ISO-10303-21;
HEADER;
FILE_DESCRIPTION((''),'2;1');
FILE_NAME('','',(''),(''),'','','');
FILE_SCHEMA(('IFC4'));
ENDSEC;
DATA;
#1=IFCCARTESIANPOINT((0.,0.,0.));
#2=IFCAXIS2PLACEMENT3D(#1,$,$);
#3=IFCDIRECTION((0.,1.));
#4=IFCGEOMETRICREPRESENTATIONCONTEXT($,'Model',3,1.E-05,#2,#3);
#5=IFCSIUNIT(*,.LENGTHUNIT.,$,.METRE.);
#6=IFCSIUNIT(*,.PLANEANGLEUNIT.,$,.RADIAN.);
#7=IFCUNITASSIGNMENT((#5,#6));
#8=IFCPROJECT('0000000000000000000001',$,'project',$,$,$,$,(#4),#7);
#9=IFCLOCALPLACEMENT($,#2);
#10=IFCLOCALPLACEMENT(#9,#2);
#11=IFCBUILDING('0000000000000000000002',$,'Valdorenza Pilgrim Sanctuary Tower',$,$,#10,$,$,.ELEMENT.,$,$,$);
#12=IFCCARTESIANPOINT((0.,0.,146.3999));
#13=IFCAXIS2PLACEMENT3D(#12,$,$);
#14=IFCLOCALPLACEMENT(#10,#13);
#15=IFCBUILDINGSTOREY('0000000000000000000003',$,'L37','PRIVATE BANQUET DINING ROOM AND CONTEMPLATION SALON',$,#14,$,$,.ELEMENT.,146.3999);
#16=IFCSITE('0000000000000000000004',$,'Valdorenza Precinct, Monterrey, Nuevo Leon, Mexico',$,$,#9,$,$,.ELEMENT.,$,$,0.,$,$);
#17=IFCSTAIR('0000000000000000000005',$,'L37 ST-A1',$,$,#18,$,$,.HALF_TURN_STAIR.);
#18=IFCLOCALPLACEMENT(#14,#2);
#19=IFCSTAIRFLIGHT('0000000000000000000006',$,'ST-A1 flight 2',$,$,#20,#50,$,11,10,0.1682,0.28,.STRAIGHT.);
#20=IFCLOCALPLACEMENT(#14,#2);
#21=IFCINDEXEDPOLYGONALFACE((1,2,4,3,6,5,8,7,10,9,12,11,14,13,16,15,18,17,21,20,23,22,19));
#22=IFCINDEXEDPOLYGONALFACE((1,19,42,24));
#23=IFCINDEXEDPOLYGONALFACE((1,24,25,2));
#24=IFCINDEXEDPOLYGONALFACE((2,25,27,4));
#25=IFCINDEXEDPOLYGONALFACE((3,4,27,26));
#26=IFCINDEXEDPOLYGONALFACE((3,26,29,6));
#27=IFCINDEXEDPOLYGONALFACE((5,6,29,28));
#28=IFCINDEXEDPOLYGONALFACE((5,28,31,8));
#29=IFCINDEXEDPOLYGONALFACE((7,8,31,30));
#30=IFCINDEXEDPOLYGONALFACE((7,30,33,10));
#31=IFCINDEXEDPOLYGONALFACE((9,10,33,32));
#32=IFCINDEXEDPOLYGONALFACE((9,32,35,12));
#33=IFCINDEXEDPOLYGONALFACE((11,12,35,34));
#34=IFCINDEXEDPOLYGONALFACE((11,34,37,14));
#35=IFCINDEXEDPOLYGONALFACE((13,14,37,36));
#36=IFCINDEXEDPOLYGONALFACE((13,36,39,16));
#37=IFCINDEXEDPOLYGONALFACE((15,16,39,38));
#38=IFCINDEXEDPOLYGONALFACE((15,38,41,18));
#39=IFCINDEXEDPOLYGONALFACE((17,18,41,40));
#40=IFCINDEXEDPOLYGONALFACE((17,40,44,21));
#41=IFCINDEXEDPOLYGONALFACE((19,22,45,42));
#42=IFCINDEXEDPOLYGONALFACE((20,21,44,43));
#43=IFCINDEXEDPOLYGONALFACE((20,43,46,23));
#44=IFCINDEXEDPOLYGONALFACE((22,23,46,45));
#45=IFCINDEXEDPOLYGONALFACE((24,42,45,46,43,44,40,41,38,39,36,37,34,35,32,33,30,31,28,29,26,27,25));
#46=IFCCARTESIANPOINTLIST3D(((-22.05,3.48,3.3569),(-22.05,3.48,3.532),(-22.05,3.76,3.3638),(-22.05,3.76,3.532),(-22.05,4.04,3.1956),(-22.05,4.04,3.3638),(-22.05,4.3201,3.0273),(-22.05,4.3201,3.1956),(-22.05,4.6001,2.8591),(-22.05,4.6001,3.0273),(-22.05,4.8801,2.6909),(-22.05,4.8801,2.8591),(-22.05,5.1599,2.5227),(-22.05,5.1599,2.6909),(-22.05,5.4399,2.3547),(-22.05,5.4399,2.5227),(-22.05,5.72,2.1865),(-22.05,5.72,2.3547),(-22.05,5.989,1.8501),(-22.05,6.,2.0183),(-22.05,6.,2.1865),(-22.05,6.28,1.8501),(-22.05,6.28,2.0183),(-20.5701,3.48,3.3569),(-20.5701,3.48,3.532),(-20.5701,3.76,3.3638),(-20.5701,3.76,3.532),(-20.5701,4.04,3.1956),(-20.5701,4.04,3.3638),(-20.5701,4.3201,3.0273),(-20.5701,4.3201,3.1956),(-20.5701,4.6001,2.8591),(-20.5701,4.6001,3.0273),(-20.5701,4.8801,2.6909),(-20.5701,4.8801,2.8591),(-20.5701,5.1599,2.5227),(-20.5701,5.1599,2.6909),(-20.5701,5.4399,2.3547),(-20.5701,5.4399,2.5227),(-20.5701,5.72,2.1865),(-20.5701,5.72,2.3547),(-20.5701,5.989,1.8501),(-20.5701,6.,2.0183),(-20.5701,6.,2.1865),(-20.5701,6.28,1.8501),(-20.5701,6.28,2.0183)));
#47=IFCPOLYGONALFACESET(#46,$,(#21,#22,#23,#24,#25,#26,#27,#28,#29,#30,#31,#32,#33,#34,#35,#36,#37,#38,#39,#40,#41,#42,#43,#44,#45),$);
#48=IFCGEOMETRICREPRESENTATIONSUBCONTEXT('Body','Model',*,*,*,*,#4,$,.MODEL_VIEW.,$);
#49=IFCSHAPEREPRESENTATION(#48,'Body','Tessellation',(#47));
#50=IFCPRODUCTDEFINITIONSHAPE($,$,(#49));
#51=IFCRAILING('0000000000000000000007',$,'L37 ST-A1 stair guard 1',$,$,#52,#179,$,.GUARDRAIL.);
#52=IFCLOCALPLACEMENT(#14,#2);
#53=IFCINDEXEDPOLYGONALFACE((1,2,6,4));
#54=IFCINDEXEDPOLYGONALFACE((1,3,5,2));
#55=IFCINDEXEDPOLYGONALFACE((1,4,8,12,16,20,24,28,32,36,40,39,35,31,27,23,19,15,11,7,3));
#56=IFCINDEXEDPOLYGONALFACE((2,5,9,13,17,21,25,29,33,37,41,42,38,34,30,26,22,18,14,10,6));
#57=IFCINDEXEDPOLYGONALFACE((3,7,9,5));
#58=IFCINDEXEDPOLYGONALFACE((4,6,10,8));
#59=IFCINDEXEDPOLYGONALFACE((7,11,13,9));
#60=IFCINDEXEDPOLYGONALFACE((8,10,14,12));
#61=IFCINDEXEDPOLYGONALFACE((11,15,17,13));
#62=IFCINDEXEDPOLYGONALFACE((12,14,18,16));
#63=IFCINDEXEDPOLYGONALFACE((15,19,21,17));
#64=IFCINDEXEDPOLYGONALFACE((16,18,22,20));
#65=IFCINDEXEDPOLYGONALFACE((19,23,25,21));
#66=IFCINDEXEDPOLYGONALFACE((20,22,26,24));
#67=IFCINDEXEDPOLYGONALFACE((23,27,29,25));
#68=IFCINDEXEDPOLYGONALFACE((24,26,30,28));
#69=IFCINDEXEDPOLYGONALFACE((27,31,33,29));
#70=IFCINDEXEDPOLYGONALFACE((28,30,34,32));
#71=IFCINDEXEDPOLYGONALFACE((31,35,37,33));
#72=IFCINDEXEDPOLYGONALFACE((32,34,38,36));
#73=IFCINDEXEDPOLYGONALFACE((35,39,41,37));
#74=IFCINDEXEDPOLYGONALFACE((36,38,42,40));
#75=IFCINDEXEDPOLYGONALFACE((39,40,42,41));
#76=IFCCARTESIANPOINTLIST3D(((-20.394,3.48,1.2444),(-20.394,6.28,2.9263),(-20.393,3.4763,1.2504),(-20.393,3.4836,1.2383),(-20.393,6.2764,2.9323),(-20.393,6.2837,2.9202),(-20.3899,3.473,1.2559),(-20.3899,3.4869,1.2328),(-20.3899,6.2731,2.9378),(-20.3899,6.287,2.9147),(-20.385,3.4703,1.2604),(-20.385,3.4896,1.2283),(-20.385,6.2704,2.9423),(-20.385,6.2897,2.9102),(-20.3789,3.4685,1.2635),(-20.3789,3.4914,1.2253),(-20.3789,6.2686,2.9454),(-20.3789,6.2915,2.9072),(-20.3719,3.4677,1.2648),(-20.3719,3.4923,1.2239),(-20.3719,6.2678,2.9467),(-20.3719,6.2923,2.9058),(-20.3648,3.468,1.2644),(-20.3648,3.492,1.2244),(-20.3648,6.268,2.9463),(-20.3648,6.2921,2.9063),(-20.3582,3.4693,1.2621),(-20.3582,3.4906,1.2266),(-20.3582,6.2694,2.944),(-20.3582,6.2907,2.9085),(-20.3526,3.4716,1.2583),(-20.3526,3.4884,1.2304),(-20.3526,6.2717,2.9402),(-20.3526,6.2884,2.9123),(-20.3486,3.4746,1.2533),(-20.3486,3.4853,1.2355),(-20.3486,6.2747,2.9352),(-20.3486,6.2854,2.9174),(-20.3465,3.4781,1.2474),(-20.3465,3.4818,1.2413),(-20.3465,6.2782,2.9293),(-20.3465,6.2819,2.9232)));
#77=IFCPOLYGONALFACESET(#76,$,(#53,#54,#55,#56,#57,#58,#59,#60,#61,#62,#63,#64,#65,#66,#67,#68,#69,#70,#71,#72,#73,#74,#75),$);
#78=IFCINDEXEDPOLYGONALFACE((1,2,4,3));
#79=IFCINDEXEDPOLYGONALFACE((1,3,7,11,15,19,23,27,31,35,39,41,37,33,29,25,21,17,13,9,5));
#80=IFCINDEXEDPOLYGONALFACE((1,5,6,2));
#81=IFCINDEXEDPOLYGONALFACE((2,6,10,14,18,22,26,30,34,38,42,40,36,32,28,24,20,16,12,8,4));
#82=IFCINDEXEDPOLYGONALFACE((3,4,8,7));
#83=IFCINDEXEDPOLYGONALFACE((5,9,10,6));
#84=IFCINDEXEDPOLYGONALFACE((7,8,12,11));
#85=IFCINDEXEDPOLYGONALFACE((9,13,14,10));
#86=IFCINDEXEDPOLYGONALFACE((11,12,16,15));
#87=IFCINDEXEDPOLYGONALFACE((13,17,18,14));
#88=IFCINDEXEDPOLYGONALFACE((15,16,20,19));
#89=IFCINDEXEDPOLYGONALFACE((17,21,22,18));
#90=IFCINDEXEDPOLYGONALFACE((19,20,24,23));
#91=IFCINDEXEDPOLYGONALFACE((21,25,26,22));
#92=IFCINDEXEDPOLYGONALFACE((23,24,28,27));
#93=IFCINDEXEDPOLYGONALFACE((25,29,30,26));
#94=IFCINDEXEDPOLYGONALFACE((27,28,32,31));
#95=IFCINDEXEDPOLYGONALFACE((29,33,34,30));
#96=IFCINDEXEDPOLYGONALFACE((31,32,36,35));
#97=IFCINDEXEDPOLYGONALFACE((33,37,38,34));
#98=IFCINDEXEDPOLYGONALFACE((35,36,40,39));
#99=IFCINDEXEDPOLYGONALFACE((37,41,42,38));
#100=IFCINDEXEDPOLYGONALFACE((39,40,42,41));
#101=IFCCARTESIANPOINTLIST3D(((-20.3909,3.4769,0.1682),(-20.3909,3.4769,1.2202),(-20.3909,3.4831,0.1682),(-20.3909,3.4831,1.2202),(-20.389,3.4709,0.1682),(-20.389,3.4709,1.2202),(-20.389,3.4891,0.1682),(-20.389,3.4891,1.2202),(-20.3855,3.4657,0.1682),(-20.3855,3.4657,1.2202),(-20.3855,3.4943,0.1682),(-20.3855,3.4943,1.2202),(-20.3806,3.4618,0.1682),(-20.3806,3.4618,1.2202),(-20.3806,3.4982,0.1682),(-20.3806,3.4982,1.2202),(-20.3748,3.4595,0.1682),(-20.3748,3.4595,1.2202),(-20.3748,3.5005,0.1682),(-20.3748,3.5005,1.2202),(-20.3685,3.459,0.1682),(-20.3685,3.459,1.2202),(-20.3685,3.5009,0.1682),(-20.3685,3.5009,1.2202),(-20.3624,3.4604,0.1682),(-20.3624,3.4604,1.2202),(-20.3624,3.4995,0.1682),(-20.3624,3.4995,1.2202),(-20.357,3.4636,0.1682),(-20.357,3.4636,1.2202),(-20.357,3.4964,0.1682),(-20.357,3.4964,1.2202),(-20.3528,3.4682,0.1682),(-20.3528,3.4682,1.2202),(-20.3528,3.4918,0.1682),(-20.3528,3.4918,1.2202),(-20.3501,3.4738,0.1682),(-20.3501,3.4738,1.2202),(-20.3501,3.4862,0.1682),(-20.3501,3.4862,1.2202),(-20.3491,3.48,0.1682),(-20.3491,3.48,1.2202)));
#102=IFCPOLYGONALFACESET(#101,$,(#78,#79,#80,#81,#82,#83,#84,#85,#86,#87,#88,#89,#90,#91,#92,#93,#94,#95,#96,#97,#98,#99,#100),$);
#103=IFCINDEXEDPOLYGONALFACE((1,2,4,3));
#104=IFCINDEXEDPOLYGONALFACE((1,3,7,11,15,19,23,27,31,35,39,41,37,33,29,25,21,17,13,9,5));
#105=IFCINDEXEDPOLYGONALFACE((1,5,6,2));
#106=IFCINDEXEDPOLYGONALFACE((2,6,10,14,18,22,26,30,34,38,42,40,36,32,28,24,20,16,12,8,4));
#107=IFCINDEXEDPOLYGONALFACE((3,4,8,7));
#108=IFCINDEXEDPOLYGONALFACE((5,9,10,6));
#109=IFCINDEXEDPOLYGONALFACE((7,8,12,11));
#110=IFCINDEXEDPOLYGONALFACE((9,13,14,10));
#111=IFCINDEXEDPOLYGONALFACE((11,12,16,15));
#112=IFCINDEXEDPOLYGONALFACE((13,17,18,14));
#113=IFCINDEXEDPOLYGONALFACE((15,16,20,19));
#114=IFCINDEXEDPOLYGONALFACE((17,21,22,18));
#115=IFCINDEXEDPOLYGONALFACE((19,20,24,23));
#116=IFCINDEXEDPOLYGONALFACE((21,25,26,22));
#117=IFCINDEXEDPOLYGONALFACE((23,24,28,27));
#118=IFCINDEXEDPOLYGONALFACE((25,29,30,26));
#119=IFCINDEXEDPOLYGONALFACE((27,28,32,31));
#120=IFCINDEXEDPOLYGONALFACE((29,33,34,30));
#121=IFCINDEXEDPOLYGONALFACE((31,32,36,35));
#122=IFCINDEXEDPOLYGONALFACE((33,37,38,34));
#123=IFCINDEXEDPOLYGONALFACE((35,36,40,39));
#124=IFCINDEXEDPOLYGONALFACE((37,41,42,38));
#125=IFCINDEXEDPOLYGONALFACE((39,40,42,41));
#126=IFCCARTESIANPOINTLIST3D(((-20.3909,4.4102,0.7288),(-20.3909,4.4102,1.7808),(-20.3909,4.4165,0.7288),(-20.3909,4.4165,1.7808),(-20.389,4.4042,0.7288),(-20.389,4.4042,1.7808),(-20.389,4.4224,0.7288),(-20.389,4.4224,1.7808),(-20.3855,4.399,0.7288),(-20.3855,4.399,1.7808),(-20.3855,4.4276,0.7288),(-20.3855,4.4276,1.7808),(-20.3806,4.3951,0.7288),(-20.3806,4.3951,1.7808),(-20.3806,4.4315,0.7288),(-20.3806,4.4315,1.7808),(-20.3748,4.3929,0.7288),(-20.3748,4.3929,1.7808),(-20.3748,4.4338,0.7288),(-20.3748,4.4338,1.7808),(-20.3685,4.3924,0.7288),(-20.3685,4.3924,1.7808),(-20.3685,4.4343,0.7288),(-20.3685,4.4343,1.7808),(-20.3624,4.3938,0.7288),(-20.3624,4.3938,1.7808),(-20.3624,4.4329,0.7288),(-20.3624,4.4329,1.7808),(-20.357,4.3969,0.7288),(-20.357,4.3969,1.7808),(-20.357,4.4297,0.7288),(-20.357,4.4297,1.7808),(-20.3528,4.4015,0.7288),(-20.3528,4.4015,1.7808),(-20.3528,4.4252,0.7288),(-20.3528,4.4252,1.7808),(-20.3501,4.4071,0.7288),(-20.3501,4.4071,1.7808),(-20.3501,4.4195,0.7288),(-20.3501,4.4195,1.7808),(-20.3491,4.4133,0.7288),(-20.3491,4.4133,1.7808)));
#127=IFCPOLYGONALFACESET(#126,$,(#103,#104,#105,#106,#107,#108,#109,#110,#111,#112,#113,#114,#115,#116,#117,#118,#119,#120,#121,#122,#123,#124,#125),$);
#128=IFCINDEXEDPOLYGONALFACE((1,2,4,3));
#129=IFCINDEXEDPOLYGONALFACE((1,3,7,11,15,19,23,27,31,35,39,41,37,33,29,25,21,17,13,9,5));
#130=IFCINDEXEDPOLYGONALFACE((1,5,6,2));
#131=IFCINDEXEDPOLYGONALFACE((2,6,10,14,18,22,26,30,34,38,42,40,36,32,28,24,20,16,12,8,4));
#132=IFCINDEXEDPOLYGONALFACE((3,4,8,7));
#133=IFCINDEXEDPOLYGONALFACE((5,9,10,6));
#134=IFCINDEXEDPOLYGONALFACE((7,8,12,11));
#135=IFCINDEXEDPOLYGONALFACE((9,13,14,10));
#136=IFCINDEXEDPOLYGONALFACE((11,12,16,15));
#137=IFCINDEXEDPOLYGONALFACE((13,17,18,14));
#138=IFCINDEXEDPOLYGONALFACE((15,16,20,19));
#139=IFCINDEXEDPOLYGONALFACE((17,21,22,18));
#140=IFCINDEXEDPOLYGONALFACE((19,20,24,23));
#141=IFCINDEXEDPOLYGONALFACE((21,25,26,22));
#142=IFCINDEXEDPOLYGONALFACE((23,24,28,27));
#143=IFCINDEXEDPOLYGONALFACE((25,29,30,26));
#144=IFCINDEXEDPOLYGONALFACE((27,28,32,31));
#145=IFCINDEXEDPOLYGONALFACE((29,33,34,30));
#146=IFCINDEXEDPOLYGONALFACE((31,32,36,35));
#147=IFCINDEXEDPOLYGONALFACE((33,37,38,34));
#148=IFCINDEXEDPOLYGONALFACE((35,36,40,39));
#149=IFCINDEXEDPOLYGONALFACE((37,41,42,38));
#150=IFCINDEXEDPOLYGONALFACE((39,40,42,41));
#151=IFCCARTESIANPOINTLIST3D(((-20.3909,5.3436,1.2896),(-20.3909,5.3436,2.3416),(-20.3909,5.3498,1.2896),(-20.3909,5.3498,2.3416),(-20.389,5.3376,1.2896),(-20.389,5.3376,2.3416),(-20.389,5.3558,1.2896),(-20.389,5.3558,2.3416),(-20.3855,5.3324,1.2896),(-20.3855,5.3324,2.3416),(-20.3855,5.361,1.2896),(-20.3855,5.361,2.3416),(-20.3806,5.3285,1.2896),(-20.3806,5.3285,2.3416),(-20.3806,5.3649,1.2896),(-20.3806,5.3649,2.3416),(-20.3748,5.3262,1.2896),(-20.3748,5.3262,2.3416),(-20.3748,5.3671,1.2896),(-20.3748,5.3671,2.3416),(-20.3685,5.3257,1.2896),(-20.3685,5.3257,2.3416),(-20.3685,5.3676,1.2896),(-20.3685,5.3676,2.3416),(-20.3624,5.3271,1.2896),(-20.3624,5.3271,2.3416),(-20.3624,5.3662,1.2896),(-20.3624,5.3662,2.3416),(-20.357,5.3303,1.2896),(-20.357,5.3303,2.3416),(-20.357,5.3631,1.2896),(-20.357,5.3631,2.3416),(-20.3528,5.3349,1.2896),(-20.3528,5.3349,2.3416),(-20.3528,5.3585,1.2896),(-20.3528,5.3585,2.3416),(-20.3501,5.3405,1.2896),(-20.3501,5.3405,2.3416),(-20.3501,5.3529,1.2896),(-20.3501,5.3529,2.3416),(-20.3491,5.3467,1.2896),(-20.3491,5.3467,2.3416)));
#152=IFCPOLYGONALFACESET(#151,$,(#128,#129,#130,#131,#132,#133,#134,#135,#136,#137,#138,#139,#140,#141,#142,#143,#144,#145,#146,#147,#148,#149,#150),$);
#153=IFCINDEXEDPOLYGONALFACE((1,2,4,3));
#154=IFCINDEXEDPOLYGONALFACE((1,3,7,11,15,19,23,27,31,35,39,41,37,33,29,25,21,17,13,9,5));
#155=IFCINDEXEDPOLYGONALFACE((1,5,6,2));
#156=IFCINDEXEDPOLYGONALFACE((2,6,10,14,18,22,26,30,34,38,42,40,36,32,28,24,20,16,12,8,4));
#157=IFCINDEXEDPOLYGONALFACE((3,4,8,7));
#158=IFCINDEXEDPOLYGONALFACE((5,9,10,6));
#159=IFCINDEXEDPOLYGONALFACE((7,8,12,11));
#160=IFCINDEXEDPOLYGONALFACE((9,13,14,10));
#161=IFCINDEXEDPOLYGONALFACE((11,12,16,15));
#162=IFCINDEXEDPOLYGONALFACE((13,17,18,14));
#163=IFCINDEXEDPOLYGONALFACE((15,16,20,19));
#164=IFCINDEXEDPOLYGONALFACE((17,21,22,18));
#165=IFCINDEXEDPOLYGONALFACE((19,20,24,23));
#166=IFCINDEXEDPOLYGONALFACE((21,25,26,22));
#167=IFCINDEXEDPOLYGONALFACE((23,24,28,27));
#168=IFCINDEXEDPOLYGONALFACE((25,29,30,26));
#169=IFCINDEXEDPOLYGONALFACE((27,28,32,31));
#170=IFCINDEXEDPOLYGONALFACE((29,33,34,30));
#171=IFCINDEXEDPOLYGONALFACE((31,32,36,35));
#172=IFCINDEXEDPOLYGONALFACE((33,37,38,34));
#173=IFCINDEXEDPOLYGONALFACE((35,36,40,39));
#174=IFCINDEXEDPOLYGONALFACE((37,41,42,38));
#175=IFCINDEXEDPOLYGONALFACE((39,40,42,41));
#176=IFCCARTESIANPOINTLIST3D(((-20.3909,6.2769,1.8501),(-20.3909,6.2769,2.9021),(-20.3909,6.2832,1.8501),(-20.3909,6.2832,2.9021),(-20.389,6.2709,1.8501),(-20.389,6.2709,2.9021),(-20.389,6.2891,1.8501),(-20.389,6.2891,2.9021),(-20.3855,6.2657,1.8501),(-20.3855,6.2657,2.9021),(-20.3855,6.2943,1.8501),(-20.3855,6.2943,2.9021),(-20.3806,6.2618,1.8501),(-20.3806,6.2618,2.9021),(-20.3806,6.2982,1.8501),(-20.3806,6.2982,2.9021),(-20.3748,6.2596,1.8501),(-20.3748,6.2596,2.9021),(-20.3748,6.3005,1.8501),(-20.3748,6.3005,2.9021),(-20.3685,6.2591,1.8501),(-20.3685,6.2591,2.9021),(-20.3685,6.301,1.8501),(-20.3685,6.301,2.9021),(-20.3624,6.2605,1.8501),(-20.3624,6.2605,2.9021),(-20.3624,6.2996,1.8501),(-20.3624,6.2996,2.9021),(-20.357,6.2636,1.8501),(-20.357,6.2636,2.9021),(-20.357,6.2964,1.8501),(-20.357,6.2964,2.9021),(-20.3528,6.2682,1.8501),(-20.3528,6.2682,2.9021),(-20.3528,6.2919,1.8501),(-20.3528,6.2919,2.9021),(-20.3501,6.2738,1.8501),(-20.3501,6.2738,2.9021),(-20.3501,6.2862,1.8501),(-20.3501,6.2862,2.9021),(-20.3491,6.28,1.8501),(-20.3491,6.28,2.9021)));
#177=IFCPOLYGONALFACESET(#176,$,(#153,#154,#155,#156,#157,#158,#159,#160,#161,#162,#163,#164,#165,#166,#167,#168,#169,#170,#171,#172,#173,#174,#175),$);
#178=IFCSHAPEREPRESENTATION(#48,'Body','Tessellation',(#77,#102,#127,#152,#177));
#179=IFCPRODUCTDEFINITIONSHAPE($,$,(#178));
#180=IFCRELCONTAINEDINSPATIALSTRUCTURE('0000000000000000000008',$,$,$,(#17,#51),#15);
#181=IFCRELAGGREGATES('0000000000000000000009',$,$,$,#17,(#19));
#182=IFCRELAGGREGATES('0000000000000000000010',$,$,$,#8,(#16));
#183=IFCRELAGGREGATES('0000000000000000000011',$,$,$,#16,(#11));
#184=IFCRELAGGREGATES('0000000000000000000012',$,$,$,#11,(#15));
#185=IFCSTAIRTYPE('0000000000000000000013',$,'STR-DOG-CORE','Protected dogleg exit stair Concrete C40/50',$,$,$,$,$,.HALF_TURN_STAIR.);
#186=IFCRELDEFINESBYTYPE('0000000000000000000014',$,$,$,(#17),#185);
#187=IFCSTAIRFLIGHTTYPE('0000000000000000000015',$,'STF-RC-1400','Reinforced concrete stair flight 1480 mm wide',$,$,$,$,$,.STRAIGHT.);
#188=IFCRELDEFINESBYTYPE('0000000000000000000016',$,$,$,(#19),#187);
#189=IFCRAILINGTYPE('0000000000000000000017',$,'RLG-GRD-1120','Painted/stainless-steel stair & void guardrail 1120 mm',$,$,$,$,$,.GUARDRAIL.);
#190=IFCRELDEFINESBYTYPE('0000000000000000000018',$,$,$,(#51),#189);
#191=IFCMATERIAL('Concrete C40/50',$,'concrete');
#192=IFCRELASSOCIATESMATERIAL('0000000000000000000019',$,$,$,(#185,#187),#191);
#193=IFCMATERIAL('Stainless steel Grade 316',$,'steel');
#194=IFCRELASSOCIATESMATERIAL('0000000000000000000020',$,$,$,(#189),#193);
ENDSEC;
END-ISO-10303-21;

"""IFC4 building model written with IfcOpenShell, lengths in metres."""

from ifc_helpers import new_model, si_unit, direction, frame, origin, origin_2d, place, context, subcontext, project, spatial, polyline, circle, outline, extrude, material, type_object, element, aggregate, save


model = new_model("IFC4")

# Units and contexts
model_context = context("Model", 3, precision=1e-05, world=origin(), true_north=direction((0.0, 1.0)))
body_context = subcontext(model_context, "Body", "Model", "MODEL_VIEW")
ifc_project = project(units=[si_unit("LENGTHUNIT", "METRE"), si_unit("PLANEANGLEUNIT", "RADIAN")], contexts=[model_context])

# Site, building, storey
site_placement = place(None, origin())
site = spatial("IfcSite", under=ifc_project, at=site_placement, Name="Valdorenza Precinct, Monterrey, Nuevo Leon, Mexico", CompositionType="ELEMENT", RefElevation=0.0)
building_placement = place(site_placement, origin())
building = spatial("IfcBuilding", under=site, at=building_placement, Name="Valdorenza Pilgrim Sanctuary Tower", CompositionType="ELEMENT")
storey_placement = place(building_placement, frame((0.0, 0.0, 146.3999)))
storey = spatial("IfcBuildingStorey", under=building, at=storey_placement, Name="L37", Description="PRIVATE BANQUET DINING ROOM AND CONTEMPLATION SALON", CompositionType="ELEMENT", Elevation=146.3999)

# Shared definitions
ifc_material_1 = material(Name="Concrete C40/50", Category="concrete")

# Stair, stair flight
stair_type = type_object("IfcStairType", Name="STR-DOG-CORE", Description="Protected dogleg exit stair Concrete C40/50", PredefinedType="HALF_TURN_STAIR", material=ifc_material_1)
stair_placement = place(storey_placement, origin())
stair = element("IfcStair", 1, at=stair_placement, inside=storey, type_object=stair_type, Name="L37 ST-A1", PredefinedType="HALF_TURN_STAIR")
stair_flight_type = type_object("IfcStairFlightType", Name="STF-RC-1400", Description="Reinforced concrete stair flight 1480 mm wide", PredefinedType="STRAIGHT", material=ifc_material_1)
stair_flight_1_placement = place(storey_placement, frame((-21.3101, 6.28, 1.8501), z_axis=(0.0, 0.0, 1.0), x_axis=(0.0, -1.0, 0.0)))
stair_flight_1 = element("IfcStairFlight", 2, at=stair_flight_1_placement, type_object=stair_flight_type, Name="ST-A1 flight 2", NumberOfRisers=11, NumberOfTreads=10, PredefinedType="STRAIGHT", RiserHeight=0.1682, TreadLength=0.28, context=body_context, shape_type="SweptSolid", body=[
    extrude(outline(polyline([(0.0, 0.0), (0.0, 0.1682), (0.28, 0.1682), (0.28, 0.3364), (0.5601, 0.3364), (0.5601, 0.5046), (0.8401, 0.5046), (0.8401, 0.6726), (1.1201, 0.6726), (1.1201, 0.8408), (1.3999, 0.8408), (1.3999, 1.009), (1.6799, 1.009), (1.6799, 1.1772), (1.96, 1.1772), (1.96, 1.3455), (2.24, 1.3455), (2.24, 1.5137), (2.52, 1.5137), (2.52, 1.6819), (2.8, 1.6819), (2.8, 1.8501), (2.8, 1.5068), (0.291, 0.0), (0.0, 0.0)])), frame((0.0, 0.74, 0.0), z_axis=(0.0, -1.0, 0.0), x_axis=(1.0, 0.0, 0.0)), (0.0, 0.0, 1.0), 1.48),
])
aggregate(stair, [stair_flight_1])

# Railing
ifc_material_2 = material(Name="Stainless steel Grade 316", Category="steel")
railing_type_1 = type_object("IfcRailingType", Name="RLG-GRD-1120", Description="Painted/stainless-steel stair & void guardrail 1120 mm", PredefinedType="GUARDRAIL", material=ifc_material_2)
railing_1_placement = place(storey_placement, frame((-20.3701, 3.48, 0.1682)))
element("IfcRailing", 3, at=railing_1_placement, inside=storey, type_object=railing_type_1, Name="L37 ST-A1 stair guard 1", PredefinedType="GUARDRAIL", context=body_context, shape_type="SweptSolid", body=[
    extrude(circle(Radius=0.0239, at=origin_2d()), frame((0.0, 0.0, 1.0762), z_axis=(0.0, 0.857242, 0.514913), x_axis=(-1.0, 0.0, 0.0)), (0.0, 0.0, 1.0), 3.2664),
    extrude(circle(Radius=0.021, at=origin_2d()), origin(), (0.0, 0.0, 1.0), 1.052),
    extrude(circle(Radius=0.021, at=origin_2d()), frame((0.0, 0.9333, 0.5605)), (0.0, 0.0, 1.0), 1.052),
    extrude(circle(Radius=0.021, at=origin_2d()), frame((0.0, 1.8667, 1.1213)), (0.0, 0.0, 1.0), 1.052),
    extrude(circle(Radius=0.021, at=origin_2d()), frame((0.0, 2.8, 1.6819)), (0.0, 0.0, 1.0), 1.052),
])

save(model, "model.ifc")
